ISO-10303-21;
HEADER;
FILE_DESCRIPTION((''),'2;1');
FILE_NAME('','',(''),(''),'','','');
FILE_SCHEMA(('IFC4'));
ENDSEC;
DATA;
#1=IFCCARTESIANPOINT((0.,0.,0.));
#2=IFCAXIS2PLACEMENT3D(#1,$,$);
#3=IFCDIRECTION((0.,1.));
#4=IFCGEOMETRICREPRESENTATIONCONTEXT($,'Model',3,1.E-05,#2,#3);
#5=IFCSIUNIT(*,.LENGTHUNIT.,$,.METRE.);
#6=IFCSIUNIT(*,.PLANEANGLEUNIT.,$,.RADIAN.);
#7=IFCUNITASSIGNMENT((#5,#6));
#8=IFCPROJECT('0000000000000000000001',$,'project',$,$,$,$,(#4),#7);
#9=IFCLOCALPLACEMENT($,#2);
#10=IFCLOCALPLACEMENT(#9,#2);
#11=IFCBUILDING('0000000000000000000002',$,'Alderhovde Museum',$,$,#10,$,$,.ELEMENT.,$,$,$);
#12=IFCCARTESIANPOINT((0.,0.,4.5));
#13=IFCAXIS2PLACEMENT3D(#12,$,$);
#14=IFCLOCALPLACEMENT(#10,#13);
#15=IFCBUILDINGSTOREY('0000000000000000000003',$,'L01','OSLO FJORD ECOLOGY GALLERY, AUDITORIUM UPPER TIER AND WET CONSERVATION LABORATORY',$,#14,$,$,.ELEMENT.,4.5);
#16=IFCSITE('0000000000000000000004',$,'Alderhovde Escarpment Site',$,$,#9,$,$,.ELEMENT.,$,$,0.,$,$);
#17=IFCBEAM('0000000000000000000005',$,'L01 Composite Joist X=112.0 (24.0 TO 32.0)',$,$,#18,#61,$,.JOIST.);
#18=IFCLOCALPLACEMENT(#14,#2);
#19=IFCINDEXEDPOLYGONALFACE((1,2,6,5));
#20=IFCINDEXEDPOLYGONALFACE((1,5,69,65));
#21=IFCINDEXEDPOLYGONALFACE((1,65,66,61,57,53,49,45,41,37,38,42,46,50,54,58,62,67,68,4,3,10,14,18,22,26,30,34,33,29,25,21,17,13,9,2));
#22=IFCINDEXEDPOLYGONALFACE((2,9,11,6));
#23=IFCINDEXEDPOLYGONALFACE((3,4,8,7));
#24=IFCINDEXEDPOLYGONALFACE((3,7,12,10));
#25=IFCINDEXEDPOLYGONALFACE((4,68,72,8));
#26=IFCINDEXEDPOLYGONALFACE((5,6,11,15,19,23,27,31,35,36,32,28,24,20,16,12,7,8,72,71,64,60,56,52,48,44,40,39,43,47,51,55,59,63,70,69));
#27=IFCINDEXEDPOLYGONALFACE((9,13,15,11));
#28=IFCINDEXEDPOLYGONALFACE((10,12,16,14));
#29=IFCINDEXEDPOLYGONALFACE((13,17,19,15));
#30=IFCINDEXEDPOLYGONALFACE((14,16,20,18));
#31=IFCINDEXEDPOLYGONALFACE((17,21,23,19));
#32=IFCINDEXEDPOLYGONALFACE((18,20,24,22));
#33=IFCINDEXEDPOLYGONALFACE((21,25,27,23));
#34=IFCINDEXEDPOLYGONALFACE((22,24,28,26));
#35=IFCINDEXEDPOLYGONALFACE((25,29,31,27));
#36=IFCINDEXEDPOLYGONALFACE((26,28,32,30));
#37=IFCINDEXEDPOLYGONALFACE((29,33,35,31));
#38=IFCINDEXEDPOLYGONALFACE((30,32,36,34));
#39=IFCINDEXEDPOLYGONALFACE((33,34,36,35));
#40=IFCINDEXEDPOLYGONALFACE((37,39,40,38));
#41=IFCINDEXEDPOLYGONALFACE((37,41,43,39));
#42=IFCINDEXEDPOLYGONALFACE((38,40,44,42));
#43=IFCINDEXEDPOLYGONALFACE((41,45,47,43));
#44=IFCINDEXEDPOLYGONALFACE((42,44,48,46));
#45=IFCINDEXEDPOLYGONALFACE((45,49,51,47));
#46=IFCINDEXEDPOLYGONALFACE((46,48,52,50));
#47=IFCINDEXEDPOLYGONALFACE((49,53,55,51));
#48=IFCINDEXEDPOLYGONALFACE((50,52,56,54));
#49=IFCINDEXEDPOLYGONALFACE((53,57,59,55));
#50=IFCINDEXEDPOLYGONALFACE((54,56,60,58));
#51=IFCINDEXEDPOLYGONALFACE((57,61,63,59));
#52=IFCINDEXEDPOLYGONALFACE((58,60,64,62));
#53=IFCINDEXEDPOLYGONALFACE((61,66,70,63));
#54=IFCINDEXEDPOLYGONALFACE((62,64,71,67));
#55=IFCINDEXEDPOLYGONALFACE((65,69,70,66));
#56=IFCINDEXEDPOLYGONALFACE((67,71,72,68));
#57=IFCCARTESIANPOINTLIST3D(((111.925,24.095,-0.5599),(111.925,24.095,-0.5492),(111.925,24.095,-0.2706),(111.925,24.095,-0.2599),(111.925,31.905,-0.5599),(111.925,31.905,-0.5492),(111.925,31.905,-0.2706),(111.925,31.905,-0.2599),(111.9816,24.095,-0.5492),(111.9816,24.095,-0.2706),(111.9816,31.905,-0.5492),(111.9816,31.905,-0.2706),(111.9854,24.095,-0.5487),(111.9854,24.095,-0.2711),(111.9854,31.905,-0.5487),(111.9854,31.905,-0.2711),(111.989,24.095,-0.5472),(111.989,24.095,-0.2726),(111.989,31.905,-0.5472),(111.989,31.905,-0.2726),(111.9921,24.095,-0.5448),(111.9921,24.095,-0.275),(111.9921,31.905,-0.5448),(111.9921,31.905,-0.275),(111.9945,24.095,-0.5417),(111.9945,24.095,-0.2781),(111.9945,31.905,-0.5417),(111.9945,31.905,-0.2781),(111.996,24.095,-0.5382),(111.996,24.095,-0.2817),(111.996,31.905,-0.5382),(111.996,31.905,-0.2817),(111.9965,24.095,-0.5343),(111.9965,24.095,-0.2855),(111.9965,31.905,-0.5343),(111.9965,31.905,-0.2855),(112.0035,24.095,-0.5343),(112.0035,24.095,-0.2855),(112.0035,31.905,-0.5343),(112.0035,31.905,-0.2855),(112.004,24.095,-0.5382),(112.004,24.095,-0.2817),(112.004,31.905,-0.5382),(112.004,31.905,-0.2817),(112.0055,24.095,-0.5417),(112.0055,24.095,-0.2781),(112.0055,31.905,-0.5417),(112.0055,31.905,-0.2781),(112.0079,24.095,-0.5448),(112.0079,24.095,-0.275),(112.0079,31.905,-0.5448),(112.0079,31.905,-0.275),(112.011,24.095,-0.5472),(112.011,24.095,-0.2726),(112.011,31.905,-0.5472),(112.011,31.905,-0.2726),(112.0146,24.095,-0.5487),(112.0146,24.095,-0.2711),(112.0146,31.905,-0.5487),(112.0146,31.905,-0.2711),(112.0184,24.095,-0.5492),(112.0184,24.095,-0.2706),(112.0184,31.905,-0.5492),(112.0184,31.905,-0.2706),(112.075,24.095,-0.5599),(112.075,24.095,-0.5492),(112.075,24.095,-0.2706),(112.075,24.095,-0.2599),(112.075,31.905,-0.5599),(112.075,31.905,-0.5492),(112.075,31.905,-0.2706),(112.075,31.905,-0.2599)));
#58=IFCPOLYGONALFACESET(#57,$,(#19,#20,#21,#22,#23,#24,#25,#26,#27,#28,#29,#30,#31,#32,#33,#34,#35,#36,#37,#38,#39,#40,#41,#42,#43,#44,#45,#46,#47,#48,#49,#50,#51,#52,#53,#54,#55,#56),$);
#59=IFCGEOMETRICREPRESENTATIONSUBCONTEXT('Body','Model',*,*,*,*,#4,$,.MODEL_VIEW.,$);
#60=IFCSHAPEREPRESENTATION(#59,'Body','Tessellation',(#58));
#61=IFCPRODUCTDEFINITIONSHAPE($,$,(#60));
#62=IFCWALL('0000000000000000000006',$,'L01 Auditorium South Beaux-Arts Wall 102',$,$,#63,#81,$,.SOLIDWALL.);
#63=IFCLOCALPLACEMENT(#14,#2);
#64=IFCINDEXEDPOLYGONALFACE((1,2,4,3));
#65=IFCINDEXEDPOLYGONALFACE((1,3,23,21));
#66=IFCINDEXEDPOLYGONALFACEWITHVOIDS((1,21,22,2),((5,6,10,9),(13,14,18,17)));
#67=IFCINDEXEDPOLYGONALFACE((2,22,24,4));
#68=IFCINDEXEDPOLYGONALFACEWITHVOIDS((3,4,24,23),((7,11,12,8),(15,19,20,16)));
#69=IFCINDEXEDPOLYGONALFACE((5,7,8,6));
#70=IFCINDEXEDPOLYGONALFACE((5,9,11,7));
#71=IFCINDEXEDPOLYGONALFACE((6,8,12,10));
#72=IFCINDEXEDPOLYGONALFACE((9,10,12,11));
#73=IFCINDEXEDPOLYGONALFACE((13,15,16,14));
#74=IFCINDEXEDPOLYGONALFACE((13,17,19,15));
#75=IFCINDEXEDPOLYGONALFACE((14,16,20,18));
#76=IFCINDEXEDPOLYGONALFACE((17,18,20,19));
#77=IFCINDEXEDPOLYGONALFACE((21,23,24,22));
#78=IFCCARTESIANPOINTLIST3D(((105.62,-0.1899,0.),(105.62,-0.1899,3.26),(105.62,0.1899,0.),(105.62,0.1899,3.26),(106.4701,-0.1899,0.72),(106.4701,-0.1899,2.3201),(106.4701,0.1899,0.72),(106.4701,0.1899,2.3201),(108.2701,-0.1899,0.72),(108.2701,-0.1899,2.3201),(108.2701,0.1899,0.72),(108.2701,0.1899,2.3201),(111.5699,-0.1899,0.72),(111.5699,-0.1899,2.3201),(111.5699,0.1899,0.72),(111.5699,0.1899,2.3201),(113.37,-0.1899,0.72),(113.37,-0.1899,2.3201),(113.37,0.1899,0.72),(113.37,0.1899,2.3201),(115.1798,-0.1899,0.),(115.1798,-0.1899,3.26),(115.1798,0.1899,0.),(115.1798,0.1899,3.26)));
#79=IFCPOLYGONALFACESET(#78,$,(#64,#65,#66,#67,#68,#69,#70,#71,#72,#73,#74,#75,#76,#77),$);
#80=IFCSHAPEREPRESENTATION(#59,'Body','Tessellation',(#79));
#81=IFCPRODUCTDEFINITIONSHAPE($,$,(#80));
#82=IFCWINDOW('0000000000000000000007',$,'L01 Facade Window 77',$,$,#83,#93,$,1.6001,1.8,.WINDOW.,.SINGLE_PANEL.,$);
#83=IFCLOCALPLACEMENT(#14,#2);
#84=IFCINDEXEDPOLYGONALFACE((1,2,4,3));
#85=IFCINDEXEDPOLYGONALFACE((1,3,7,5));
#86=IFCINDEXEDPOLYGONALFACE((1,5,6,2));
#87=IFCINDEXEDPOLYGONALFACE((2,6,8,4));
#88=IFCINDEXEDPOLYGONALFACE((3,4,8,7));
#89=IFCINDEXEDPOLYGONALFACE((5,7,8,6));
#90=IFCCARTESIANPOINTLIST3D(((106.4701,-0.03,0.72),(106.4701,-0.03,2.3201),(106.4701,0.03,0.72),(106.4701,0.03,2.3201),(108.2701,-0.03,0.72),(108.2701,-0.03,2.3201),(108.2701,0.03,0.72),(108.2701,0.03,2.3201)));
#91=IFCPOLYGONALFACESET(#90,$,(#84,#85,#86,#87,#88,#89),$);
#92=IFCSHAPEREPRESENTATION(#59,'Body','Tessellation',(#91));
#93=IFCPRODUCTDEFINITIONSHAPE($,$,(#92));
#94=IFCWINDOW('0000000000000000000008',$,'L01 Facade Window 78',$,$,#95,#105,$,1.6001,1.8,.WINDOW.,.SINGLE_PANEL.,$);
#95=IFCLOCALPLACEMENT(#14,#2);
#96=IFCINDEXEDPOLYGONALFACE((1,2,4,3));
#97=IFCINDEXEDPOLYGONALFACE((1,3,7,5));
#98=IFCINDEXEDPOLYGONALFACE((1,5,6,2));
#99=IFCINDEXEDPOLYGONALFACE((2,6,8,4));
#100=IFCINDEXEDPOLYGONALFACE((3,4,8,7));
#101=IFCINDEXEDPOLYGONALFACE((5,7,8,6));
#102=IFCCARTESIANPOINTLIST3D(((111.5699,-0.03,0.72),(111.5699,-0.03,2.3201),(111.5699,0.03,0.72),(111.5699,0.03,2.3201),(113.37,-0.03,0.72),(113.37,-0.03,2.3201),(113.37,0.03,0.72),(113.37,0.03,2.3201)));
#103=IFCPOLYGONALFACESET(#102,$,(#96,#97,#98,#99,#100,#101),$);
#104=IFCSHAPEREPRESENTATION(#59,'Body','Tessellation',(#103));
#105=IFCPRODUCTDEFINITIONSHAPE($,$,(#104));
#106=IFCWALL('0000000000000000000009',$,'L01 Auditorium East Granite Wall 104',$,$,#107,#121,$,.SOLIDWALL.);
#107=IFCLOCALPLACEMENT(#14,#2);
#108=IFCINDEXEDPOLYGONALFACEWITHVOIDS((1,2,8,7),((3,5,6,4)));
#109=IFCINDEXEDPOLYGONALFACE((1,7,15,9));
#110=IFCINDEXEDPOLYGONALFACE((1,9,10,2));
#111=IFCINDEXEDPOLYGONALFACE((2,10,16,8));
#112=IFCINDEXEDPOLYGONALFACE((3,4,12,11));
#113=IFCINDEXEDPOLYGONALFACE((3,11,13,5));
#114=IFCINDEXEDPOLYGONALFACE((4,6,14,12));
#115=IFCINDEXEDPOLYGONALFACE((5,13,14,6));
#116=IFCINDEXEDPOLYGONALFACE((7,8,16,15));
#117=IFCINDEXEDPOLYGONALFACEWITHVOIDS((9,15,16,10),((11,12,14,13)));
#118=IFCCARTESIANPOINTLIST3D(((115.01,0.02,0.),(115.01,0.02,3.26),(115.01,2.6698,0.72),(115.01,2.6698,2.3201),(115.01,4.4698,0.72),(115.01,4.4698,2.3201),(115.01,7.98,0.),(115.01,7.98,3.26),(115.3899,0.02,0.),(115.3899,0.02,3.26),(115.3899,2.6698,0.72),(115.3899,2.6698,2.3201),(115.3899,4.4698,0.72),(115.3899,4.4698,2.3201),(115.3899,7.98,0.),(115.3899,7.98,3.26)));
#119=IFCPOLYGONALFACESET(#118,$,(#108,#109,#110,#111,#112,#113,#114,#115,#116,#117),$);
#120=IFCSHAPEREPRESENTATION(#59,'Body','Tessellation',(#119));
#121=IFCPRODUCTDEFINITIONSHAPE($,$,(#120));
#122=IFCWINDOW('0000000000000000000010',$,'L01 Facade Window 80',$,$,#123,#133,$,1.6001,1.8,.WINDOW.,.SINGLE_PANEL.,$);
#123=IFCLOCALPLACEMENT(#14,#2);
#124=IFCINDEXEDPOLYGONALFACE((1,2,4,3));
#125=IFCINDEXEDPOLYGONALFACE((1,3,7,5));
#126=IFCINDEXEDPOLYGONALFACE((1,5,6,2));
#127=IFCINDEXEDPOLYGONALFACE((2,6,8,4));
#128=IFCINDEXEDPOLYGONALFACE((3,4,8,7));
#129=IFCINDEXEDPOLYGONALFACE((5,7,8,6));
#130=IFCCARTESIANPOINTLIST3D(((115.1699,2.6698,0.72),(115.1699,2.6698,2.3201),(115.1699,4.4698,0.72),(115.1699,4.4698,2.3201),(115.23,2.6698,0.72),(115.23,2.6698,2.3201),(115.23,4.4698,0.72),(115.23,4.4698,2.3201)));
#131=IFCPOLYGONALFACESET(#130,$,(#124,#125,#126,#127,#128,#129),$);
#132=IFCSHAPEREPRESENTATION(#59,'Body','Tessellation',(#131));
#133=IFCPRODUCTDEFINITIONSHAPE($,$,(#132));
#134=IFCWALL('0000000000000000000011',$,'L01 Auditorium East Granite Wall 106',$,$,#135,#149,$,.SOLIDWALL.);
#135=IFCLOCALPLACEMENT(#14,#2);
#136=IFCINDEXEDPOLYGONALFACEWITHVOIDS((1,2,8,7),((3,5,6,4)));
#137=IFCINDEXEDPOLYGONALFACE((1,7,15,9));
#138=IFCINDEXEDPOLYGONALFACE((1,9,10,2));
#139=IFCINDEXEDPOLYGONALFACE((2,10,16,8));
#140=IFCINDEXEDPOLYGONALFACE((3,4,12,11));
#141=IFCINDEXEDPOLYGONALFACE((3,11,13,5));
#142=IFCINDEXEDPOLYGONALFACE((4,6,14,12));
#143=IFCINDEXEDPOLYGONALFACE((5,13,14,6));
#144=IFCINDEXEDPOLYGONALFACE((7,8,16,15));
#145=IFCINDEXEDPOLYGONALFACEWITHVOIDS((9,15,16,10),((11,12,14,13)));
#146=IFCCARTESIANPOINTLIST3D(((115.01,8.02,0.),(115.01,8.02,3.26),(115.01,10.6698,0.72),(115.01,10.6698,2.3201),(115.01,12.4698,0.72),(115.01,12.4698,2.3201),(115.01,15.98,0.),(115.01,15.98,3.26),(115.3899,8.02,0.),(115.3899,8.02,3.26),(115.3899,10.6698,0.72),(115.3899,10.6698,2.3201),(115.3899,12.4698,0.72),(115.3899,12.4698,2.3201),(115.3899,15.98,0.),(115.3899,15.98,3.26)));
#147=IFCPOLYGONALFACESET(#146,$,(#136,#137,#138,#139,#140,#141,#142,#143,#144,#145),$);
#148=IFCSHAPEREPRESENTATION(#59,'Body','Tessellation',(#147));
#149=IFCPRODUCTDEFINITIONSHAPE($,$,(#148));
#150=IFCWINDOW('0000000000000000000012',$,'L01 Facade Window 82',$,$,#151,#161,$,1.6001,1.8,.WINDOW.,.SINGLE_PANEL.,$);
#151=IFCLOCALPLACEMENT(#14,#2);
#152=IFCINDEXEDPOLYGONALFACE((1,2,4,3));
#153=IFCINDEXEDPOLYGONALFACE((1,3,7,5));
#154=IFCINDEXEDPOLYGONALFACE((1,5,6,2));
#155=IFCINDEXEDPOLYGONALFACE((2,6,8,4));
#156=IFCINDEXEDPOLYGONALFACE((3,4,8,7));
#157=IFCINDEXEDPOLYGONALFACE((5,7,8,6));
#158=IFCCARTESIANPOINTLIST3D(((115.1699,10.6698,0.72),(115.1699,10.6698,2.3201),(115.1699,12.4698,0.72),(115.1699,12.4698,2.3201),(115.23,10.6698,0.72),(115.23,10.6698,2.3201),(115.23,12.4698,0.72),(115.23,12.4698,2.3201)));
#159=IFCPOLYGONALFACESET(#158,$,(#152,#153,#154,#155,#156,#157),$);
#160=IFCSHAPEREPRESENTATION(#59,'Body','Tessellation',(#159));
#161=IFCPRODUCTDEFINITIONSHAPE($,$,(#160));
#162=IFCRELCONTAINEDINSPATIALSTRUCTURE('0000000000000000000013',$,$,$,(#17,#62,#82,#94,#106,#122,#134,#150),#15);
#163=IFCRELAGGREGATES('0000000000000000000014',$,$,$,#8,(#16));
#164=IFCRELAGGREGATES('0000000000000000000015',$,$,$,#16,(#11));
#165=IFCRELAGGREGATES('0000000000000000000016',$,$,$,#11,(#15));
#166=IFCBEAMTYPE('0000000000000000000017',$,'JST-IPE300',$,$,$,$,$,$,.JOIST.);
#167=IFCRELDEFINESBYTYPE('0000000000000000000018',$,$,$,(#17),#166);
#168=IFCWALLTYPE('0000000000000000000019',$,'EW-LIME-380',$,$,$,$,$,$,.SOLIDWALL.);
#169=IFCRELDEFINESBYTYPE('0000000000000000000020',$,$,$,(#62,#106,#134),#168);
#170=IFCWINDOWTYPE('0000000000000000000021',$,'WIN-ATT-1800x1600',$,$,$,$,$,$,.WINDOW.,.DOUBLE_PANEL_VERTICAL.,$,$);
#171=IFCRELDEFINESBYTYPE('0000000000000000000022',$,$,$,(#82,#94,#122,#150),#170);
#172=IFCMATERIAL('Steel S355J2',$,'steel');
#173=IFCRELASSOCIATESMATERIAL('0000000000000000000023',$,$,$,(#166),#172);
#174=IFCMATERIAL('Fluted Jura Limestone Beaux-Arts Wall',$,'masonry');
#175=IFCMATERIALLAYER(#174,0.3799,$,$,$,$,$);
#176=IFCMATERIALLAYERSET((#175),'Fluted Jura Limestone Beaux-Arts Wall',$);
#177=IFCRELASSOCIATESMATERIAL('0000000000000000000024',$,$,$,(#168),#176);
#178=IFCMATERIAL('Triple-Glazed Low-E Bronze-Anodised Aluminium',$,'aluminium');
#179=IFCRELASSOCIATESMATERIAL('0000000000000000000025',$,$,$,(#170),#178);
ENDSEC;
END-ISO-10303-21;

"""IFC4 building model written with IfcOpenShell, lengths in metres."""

from ifc_helpers import new_model, si_unit, direction, frame, frame_2d, origin, origin_2d, place, context, subcontext, project, spatial, rectangle, i_section, extrude, material, layer, layer_set, material_profile, profile_set, type_object, element, fill, save


model = new_model("IFC4")

# Units and contexts
model_context = context("Model", 3, precision=1e-05, world=origin(), true_north=direction((0.0, 1.0)))
body_context = subcontext(model_context, "Body", "Model", "MODEL_VIEW")
ifc_project = project(units=[si_unit("LENGTHUNIT", "METRE"), si_unit("PLANEANGLEUNIT", "RADIAN")], contexts=[model_context])

# Site, building, storey
site_placement = place(None, origin())
site = spatial("IfcSite", under=ifc_project, at=site_placement, Name="Alderhovde Escarpment Site", CompositionType="ELEMENT", RefElevation=0.0)
building_placement = place(site_placement, origin())
building = spatial("IfcBuilding", under=site, at=building_placement, Name="Alderhovde Museum", CompositionType="ELEMENT")
storey_placement = place(building_placement, frame((0.0, 0.0, 4.5)))
storey = spatial("IfcBuildingStorey", under=building, at=storey_placement, Name="L01", Description="OSLO FJORD ECOLOGY GALLERY, AUDITORIUM UPPER TIER AND WET CONSERVATION LABORATORY", CompositionType="ELEMENT", Elevation=4.5)

# Beam
ifc_material_1 = material(Name="Steel S355J2", Category="steel")
ifc_material_profile_1 = material_profile(ifc_material_1, i_section(OverallWidth=0.1499, OverallDepth=0.3, WebThickness=0.0071, FlangeThickness=0.0107, FilletRadius=0.0149, at=origin_2d()), Name="IPE 300")
ifc_profile_set_1 = profile_set([ifc_material_profile_1], Name="Steel S355J2")
beam_type_1 = type_object("IfcBeamType", Name="JST-IPE300", PredefinedType="JOIST", material=ifc_profile_set_1)
for number, where, z_axis, x_axis, name in (
    (1, (112.0, 24.095, -0.4099), (0.0, 1.0, 0.0), (-1.0, 0.0, 0.0), "L01 Composite Joist X=112.0 (24.0 TO 32.0)"),
):
    element("IfcBeam", number, at=place(storey_placement, frame(where, z_axis=z_axis, x_axis=x_axis)), inside=storey, type_object=beam_type_1, Name=name, PredefinedType="JOIST", context=body_context, shape_type="SweptSolid", body=[
        extrude(i_section(OverallWidth=0.1499, OverallDepth=0.3, WebThickness=0.0071, FlangeThickness=0.0107, FilletRadius=0.0149, at=origin_2d()), origin(), (0.0, 0.0, 1.0), 7.8101),
    ])

# Wall, openings, windows
ifc_material_2 = material(Name="Fluted Jura Limestone Beaux-Arts Wall", Category="masonry")
ifc_layer_1 = layer(ifc_material_2, 0.3799)
ifc_layer_set_1 = layer_set([ifc_layer_1], Name="Fluted Jura Limestone Beaux-Arts Wall")
wall_type = type_object("IfcWallType", Name="EW-LIME-380", PredefinedType="SOLIDWALL", material=ifc_layer_set_1)
wall_1_placement = place(storey_placement, frame((105.6201, 0.0, 0.0), z_axis=(0.0, 0.0, 1.0), x_axis=(1.0, 0.0, 0.0)))
wall_1 = element("IfcWall", 2, at=wall_1_placement, inside=storey, type_object=wall_type, Name="L01 Auditorium South Beaux-Arts Wall 102", PredefinedType="SOLIDWALL", context=body_context, shape_type="SweptSolid", body=[
    extrude(rectangle(XDim=9.5598, YDim=0.3799, at=frame_2d((4.7798, 0.0))), origin(), (0.0, 0.0, 1.0), 3.26),
])
opening_1_placement = place(wall_1_placement, frame((0.8501, 0.0, 0.72)))
opening_1 = element("IfcOpeningElement", 3, at=opening_1_placement, cuts=wall_1, PredefinedType="OPENING", context=body_context, shape_type="SweptSolid", body=[
    extrude(rectangle(XDim=1.8, YDim=1.6001, at=frame_2d((0.8999, 0.8))), frame((0.0, 0.2, 0.0), z_axis=(0.0, -1.0, 0.0), x_axis=(1.0, 0.0, 0.0)), (0.0, 0.0, 1.0), 0.3999),
])
opening_2_placement = place(wall_1_placement, frame((5.95, 0.0, 0.72)))
opening_2 = element("IfcOpeningElement", 4, at=opening_2_placement, cuts=wall_1, PredefinedType="OPENING", context=body_context, shape_type="SweptSolid", body=[
    extrude(rectangle(XDim=1.8, YDim=1.6001, at=frame_2d((0.8999, 0.8))), frame((0.0, 0.2, 0.0), z_axis=(0.0, -1.0, 0.0), x_axis=(1.0, 0.0, 0.0)), (0.0, 0.0, 1.0), 0.3999),
])
ifc_material_3 = material(Name="Triple-Glazed Low-E Bronze-Anodised Aluminium", Category="aluminium")
window_type = type_object("IfcWindowType", Name="WIN-ATT-1800x1600", PartitioningType="DOUBLE_PANEL_VERTICAL", PredefinedType="WINDOW", material=ifc_material_3)
window_1_placement = place(opening_1_placement, origin())
window_1 = element("IfcWindow", 5, at=window_1_placement, inside=storey, type_object=window_type, Name="L01 Facade Window 77", OverallHeight=1.6001, OverallWidth=1.8, PartitioningType="SINGLE_PANEL", PredefinedType="WINDOW", context=body_context, shape_type="SweptSolid", body=[
    extrude(rectangle(XDim=1.8, YDim=1.6001, at=frame_2d((0.8999, 0.8))), frame((0.0, 0.03, 0.0), z_axis=(0.0, -1.0, 0.0), x_axis=(1.0, 0.0, 0.0)), (0.0, 0.0, 1.0), 0.0601),
])
fill(opening_1, window_1)
window_2_placement = place(opening_2_placement, origin())
window_2 = element("IfcWindow", 6, at=window_2_placement, inside=storey, type_object=window_type, Name="L01 Facade Window 78", OverallHeight=1.6001, OverallWidth=1.8, PartitioningType="SINGLE_PANEL", PredefinedType="WINDOW", context=body_context, shape_type="SweptSolid", body=[
    extrude(rectangle(XDim=1.8, YDim=1.6001, at=frame_2d((0.8999, 0.8))), frame((0.0, 0.03, 0.0), z_axis=(0.0, -1.0, 0.0), x_axis=(1.0, 0.0, 0.0)), (0.0, 0.0, 1.0), 0.0601),
])
fill(opening_2, window_2)

# Walls, openings, windows
wall_2_placement = place(storey_placement, frame((115.2, 0.02, 0.0), z_axis=(0.0, 0.0, 1.0), x_axis=(0.0, 1.0, 0.0)))
wall_2 = element("IfcWall", 7, at=wall_2_placement, inside=storey, type_object=wall_type, Name="L01 Auditorium East Granite Wall 104", PredefinedType="SOLIDWALL", context=body_context, shape_type="SweptSolid", body=[
    extrude(rectangle(XDim=7.96, YDim=0.3799, at=frame_2d((3.98, 0.0))), origin(), (0.0, 0.0, 1.0), 3.26),
])
opening_3_placement = place(wall_2_placement, frame((2.6499, 0.0, 0.72)))
opening_3 = element("IfcOpeningElement", 8, at=opening_3_placement, cuts=wall_2, PredefinedType="OPENING", context=body_context, shape_type="SweptSolid", body=[
    extrude(rectangle(XDim=1.8, YDim=1.6001, at=frame_2d((0.8999, 0.8))), frame((0.0, 0.2, 0.0), z_axis=(0.0, -1.0, 0.0), x_axis=(1.0, 0.0, 0.0)), (0.0, 0.0, 1.0), 0.3999),
])
window_3_placement = place(opening_3_placement, origin())
window_3 = element("IfcWindow", 9, at=window_3_placement, inside=storey, type_object=window_type, Name="L01 Facade Window 80", OverallHeight=1.6001, OverallWidth=1.8, PartitioningType="SINGLE_PANEL", PredefinedType="WINDOW", context=body_context, shape_type="SweptSolid", body=[
    extrude(rectangle(XDim=1.8, YDim=1.6001, at=frame_2d((0.8999, 0.8))), frame((0.0, 0.03, 0.0), z_axis=(0.0, -1.0, 0.0), x_axis=(1.0, 0.0, 0.0)), (0.0, 0.0, 1.0), 0.0601),
])
fill(opening_3, window_3)
wall_3_placement = place(storey_placement, frame((115.2, 8.02, 0.0), z_axis=(0.0, 0.0, 1.0), x_axis=(0.0, 1.0, 0.0)))
wall_3 = element("IfcWall", 10, at=wall_3_placement, inside=storey, type_object=wall_type, Name="L01 Auditorium East Granite Wall 106", PredefinedType="SOLIDWALL", context=body_context, shape_type="SweptSolid", body=[
    extrude(rectangle(XDim=7.96, YDim=0.3799, at=frame_2d((3.98, 0.0))), origin(), (0.0, 0.0, 1.0), 3.26),
])
opening_4_placement = place(wall_3_placement, frame((2.6499, 0.0, 0.72)))
opening_4 = element("IfcOpeningElement", 11, at=opening_4_placement, cuts=wall_3, PredefinedType="OPENING", context=body_context, shape_type="SweptSolid", body=[
    extrude(rectangle(XDim=1.8, YDim=1.6001, at=frame_2d((0.8999, 0.8))), frame((0.0, 0.2, 0.0), z_axis=(0.0, -1.0, 0.0), x_axis=(1.0, 0.0, 0.0)), (0.0, 0.0, 1.0), 0.3999),
])
window_4_placement = place(opening_4_placement, origin())
window_4 = element("IfcWindow", 12, at=window_4_placement, inside=storey, type_object=window_type, Name="L01 Facade Window 82", OverallHeight=1.6001, OverallWidth=1.8, PartitioningType="SINGLE_PANEL", PredefinedType="WINDOW", context=body_context, shape_type="SweptSolid", body=[
    extrude(rectangle(XDim=1.8, YDim=1.6001, at=frame_2d((0.8999, 0.8))), frame((0.0, 0.03, 0.0), z_axis=(0.0, -1.0, 0.0), x_axis=(1.0, 0.0, 0.0)), (0.0, 0.0, 1.0), 0.0601),
])
fill(opening_4, window_4)

save(model, "model.ifc")
